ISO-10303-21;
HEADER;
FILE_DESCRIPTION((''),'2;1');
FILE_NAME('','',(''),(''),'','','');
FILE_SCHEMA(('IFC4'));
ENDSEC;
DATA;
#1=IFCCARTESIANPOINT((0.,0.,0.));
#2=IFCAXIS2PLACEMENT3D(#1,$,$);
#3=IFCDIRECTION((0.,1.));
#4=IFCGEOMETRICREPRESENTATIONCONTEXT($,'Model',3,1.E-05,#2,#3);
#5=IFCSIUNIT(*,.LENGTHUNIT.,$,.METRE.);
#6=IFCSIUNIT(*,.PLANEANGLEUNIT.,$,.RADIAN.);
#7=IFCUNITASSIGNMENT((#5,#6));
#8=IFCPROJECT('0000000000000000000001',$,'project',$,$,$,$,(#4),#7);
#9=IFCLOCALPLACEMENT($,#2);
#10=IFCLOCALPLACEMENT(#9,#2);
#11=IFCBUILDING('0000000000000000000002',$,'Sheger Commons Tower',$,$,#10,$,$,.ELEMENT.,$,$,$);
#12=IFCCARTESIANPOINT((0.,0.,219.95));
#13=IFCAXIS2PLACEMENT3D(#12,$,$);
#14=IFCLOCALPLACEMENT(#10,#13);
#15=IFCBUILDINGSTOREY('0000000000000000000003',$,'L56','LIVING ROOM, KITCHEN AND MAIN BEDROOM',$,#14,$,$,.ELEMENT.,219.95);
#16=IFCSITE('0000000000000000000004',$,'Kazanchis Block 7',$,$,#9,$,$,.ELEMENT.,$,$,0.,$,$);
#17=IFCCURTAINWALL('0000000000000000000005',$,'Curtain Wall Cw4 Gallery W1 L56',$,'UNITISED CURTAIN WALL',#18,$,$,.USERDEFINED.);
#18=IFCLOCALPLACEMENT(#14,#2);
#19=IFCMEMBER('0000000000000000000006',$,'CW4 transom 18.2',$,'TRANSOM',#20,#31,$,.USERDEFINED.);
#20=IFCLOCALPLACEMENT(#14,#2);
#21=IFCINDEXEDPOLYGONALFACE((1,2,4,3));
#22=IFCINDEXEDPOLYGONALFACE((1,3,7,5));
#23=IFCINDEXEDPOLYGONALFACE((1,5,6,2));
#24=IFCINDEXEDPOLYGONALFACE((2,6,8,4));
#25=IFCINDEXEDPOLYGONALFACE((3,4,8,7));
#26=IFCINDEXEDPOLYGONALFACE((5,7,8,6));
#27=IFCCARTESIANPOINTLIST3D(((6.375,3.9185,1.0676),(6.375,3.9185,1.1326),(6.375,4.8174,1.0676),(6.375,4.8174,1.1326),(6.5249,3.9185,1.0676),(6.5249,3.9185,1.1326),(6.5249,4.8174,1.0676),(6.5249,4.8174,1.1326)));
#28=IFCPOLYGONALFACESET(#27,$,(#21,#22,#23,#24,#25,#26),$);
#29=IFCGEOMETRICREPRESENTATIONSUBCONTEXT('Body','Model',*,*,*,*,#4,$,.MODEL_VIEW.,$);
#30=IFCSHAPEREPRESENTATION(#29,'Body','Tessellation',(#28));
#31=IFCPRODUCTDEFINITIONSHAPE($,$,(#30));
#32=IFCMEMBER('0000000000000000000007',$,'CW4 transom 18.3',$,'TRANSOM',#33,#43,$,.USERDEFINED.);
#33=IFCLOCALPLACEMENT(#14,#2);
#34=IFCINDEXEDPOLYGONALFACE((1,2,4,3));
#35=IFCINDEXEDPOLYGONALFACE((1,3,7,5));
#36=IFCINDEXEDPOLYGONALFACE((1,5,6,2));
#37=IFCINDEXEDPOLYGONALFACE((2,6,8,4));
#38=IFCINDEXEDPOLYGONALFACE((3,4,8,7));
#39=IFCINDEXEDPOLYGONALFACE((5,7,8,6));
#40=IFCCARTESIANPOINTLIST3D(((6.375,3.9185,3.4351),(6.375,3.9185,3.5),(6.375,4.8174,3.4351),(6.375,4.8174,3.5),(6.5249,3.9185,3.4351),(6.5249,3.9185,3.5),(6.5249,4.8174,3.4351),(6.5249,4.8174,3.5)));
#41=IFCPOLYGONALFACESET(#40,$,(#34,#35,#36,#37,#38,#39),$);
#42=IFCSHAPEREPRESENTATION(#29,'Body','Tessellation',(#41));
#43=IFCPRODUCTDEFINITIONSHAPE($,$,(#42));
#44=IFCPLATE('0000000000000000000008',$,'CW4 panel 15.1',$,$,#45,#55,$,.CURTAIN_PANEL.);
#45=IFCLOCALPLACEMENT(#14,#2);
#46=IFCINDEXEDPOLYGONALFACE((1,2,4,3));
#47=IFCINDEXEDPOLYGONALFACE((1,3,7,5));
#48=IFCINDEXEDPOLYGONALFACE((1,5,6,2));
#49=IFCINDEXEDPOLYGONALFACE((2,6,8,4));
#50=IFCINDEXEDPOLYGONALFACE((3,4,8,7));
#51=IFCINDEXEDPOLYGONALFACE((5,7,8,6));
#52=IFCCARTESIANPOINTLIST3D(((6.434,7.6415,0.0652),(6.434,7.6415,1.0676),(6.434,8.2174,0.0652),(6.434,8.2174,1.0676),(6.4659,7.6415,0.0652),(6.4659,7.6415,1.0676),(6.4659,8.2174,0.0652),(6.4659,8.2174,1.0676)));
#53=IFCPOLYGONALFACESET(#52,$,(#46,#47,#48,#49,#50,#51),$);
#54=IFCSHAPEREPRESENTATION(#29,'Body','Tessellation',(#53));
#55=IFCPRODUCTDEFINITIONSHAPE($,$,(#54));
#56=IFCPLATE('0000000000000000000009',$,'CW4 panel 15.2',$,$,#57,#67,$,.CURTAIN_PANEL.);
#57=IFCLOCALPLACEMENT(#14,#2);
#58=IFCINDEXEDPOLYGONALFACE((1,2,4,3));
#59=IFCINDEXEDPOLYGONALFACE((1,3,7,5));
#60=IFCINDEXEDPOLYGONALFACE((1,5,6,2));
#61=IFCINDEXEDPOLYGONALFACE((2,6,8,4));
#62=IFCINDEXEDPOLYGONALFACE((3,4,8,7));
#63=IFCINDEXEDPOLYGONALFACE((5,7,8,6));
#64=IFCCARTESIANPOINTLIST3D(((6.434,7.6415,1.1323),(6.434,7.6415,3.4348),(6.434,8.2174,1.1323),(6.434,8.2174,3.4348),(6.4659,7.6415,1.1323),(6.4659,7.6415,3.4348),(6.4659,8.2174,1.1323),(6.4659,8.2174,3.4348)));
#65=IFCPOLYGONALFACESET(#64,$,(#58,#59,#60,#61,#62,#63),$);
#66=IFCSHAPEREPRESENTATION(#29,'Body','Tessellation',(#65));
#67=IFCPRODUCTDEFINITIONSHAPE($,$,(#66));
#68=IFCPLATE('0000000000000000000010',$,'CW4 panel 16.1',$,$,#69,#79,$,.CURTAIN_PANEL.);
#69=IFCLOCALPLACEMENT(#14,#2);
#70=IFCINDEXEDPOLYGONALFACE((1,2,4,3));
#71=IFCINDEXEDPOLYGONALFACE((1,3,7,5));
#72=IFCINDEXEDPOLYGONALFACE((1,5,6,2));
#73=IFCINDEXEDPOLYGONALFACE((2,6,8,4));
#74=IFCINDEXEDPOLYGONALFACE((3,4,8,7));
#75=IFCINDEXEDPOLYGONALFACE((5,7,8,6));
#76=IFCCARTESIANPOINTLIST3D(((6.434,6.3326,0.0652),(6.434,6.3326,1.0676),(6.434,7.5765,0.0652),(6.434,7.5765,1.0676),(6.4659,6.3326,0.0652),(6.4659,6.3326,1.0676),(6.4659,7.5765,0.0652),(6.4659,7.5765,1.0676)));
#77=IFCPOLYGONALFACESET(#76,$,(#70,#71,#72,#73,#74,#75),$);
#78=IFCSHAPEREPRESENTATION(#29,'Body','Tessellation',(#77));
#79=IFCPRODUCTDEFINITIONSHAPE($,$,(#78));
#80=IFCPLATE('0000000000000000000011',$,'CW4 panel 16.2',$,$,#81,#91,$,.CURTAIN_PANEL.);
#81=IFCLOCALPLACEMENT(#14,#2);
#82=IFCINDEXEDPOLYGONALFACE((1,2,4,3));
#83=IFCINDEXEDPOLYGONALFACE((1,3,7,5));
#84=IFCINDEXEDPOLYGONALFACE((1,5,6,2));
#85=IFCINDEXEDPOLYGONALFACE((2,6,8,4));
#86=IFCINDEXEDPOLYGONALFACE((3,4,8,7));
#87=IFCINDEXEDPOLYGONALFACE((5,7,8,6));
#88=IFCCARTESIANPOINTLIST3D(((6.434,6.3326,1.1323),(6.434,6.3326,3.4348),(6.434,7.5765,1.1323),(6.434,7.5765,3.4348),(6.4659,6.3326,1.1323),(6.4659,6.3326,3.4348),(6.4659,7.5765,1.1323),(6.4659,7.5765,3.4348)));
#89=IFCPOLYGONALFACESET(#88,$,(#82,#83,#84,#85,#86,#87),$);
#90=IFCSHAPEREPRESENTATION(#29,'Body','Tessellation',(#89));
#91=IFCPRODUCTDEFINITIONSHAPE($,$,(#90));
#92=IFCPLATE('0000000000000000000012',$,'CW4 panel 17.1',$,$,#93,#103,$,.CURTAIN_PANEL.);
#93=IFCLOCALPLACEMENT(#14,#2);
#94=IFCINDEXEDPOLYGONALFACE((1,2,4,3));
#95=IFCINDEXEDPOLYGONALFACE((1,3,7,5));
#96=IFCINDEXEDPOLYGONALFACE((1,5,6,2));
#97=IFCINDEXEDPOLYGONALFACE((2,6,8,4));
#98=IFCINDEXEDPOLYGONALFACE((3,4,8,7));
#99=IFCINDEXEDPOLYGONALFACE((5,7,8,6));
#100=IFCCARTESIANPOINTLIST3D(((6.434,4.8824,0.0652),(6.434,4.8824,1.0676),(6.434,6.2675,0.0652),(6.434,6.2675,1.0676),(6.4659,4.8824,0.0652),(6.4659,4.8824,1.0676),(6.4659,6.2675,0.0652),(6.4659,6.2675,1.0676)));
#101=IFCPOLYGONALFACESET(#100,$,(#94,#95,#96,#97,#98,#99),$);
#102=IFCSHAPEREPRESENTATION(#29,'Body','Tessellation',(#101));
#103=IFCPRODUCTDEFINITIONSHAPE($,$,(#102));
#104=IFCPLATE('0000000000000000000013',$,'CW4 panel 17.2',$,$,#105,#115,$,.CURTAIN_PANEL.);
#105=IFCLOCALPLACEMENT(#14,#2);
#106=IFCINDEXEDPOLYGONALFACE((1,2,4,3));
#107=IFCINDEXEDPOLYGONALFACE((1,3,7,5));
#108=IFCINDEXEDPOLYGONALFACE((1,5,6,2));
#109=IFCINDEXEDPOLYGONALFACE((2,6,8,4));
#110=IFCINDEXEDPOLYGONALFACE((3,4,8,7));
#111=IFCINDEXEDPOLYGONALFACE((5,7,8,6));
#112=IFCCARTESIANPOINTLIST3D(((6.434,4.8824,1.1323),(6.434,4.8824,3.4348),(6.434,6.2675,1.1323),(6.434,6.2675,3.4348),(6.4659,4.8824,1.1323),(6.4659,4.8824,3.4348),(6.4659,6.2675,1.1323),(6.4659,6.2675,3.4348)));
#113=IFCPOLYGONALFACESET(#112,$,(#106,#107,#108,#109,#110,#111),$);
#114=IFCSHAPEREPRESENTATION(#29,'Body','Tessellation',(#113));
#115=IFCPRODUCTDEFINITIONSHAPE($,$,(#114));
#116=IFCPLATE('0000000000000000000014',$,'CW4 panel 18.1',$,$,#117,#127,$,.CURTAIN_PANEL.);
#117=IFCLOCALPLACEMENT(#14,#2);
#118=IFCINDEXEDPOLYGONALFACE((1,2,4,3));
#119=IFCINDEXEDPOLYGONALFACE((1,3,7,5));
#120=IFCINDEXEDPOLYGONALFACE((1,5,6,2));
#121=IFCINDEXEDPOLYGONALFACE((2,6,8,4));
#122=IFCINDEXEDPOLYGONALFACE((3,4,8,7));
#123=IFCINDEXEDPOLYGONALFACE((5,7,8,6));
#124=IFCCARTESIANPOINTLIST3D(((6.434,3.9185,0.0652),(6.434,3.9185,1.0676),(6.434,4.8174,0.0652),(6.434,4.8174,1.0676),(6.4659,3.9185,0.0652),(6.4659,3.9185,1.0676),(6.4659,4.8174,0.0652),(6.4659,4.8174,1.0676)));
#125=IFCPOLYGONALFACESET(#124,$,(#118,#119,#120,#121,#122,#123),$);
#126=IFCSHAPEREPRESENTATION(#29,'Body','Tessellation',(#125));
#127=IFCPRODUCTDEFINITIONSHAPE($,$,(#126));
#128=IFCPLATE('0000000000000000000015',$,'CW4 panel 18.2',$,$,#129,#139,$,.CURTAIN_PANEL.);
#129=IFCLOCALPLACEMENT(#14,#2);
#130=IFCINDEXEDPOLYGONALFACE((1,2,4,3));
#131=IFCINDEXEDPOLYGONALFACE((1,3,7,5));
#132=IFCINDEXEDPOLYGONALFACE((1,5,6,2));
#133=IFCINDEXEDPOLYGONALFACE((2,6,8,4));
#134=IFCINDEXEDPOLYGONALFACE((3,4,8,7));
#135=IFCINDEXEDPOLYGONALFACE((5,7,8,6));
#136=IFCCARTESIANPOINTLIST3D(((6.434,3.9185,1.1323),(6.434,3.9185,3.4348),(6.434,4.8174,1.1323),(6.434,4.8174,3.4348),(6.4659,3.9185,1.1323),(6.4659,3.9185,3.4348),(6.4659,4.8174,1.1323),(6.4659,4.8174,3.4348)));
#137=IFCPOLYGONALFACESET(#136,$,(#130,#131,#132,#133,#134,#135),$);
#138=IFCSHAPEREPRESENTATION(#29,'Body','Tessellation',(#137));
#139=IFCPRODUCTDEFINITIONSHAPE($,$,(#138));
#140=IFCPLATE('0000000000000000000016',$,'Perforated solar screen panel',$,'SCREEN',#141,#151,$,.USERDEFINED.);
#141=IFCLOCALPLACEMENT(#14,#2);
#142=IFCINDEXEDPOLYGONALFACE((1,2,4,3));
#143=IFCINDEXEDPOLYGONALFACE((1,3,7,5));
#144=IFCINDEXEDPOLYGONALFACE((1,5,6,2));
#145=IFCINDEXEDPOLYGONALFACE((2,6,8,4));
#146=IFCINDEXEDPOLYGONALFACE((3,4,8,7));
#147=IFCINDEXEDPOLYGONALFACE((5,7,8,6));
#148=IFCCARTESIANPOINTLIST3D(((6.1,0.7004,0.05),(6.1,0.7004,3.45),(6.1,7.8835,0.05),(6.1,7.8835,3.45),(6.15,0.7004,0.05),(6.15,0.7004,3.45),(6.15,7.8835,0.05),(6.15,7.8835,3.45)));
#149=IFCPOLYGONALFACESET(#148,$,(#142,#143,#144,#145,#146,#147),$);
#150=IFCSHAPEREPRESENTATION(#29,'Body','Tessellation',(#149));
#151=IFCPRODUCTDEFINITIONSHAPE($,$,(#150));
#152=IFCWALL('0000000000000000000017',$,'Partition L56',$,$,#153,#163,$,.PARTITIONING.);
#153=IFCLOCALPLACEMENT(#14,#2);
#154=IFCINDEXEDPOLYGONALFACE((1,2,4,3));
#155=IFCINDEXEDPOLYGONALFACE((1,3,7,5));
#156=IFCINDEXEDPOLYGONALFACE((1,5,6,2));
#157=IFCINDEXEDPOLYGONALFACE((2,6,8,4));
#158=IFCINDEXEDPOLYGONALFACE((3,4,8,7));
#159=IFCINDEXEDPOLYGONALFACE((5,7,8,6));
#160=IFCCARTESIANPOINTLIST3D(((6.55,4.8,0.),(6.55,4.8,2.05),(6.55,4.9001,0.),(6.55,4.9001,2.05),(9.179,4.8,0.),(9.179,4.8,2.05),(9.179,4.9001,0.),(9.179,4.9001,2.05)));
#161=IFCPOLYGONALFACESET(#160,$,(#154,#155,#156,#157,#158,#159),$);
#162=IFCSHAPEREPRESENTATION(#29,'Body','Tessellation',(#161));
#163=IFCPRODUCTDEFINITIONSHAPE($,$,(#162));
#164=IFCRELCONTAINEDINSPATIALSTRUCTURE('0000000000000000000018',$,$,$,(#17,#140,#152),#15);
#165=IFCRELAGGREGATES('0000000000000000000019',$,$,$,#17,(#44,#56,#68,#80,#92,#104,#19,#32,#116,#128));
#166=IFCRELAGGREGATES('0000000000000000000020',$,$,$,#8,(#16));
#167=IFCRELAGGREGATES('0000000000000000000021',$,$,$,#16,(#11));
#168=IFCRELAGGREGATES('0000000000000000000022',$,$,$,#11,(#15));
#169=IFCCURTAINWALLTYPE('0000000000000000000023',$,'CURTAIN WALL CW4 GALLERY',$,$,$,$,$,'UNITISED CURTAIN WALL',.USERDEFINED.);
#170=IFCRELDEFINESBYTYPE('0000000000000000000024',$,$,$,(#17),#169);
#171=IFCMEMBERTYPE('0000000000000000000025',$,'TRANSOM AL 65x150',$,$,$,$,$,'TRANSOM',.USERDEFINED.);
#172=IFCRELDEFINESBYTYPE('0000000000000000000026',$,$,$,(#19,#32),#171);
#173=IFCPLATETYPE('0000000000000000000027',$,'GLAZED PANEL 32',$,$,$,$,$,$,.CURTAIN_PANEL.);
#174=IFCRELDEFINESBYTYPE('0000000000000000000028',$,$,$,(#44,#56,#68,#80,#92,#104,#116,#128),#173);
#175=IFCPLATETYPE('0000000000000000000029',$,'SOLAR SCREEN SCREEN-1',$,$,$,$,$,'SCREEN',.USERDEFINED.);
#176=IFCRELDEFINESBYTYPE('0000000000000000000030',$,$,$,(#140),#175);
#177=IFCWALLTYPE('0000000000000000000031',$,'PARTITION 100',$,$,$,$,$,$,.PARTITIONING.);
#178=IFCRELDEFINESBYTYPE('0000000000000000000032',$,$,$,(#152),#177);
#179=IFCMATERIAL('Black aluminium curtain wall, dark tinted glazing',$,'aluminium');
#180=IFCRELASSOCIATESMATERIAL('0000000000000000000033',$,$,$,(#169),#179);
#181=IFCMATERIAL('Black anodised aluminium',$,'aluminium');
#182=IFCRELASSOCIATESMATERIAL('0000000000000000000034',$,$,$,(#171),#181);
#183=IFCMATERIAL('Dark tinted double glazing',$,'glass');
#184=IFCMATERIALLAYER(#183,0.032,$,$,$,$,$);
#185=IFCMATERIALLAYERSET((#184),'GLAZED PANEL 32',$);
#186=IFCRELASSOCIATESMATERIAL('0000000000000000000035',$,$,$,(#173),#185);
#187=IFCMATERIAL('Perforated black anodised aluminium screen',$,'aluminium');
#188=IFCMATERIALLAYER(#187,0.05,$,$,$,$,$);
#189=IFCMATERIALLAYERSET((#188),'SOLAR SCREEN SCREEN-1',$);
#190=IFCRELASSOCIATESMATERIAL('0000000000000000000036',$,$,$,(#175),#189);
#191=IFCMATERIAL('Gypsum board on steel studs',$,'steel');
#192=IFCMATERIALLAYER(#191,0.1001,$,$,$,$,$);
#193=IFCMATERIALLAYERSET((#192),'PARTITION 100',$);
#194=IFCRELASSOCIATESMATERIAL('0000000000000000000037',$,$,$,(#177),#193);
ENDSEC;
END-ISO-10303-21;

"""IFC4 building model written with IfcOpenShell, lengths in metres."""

from ifc_helpers import new_model, si_unit, direction, frame, frame_2d, origin, origin_2d, place, context, subcontext, project, spatial, rectangle, extrude, material, layer, layer_set, material_profile, profile_set, type_object, element, aggregate, save


model = new_model("IFC4")

# Units and contexts
model_context = context("Model", 3, precision=1e-05, world=origin(), true_north=direction((0.0, 1.0)))
body_context = subcontext(model_context, "Body", "Model", "MODEL_VIEW")
ifc_project = project(units=[si_unit("LENGTHUNIT", "METRE"), si_unit("PLANEANGLEUNIT", "RADIAN")], contexts=[model_context])

# Site, building, storey
site_placement = place(None, origin())
site = spatial("IfcSite", under=ifc_project, at=site_placement, Name="Kazanchis Block 7", CompositionType="ELEMENT", RefElevation=0.0)
building_placement = place(site_placement, origin())
building = spatial("IfcBuilding", under=site, at=building_placement, Name="Sheger Commons Tower", CompositionType="ELEMENT")
storey_placement = place(building_placement, frame((0.0, 0.0, 219.95)))
storey = spatial("IfcBuildingStorey", under=building, at=storey_placement, Name="L56", Description="LIVING ROOM, KITCHEN AND MAIN BEDROOM", CompositionType="ELEMENT", Elevation=219.95)

# Curtain wall
ifc_material_1 = material(Name="Black aluminium curtain wall, dark tinted glazing", Category="aluminium")
curtain_wall_type = type_object("IfcCurtainWallType", Name="CURTAIN WALL CW4 GALLERY", ElementType="UNITISED CURTAIN WALL", PredefinedType="USERDEFINED", material=ifc_material_1)
curtain_wall_placement = place(storey_placement, origin())
curtain_wall = element("IfcCurtainWall", 1, at=curtain_wall_placement, inside=storey, type_object=curtain_wall_type, Name="Curtain Wall Cw4 Gallery W1 L56", ObjectType="UNITISED CURTAIN WALL", PredefinedType="USERDEFINED")

# Members
ifc_material_2 = material(Name="Black anodised aluminium", Category="aluminium")
ifc_material_profile_1 = material_profile(ifc_material_2, rectangle(XDim=0.1499, YDim=0.0649, at=origin_2d()), Name="AL 65x150")
ifc_profile_set_1 = profile_set([ifc_material_profile_1], Name="Black anodised aluminium")
member_type_1 = type_object("IfcMemberType", Name="TRANSOM AL 65x150", ElementType="TRANSOM", PredefinedType="USERDEFINED", material=ifc_profile_set_1)
member_1_placement = place(storey_placement, frame((6.45, 4.8174, 1.1001), z_axis=(0.0, -1.0, 0.0), x_axis=(1.0, 0.0, 0.0)))
member_1 = element("IfcMember", 2, at=member_1_placement, type_object=member_type_1, Name="CW4 transom 18.2", ObjectType="TRANSOM", PredefinedType="USERDEFINED", context=body_context, shape_type="SweptSolid", body=[
    extrude(rectangle(XDim=0.1499, YDim=0.0649, at=origin_2d()), origin(), (0.0, 0.0, 1.0), 0.8989),
])
member_2_placement = place(storey_placement, frame((6.45, 4.8174, 3.4675), z_axis=(0.0, -1.0, 0.0), x_axis=(1.0, 0.0, 0.0)))
member_2 = element("IfcMember", 3, at=member_2_placement, type_object=member_type_1, Name="CW4 transom 18.3", ObjectType="TRANSOM", PredefinedType="USERDEFINED", context=body_context, shape_type="SweptSolid", body=[
    extrude(rectangle(XDim=0.1499, YDim=0.0649, at=origin_2d()), origin(), (0.0, 0.0, 1.0), 0.8989),
])

# Plates
ifc_material_3 = material(Name="Dark tinted double glazing", Category="glass")
ifc_layer_1 = layer(ifc_material_3, 0.032)
ifc_layer_set_1 = layer_set([ifc_layer_1], Name="GLAZED PANEL 32")
plate_type_1 = type_object("IfcPlateType", Name="GLAZED PANEL 32", PredefinedType="CURTAIN_PANEL", material=ifc_layer_set_1)
plate_1_placement = place(storey_placement, frame((6.45, 7.9294, 0.0652), z_axis=(0.0, 0.0, 1.0), x_axis=(0.0, -1.0, 0.0)))
plate_1 = element("IfcPlate", 4, at=plate_1_placement, type_object=plate_type_1, Name="CW4 panel 15.1", PredefinedType="CURTAIN_PANEL", context=body_context, shape_type="SweptSolid", body=[
    extrude(rectangle(XDim=0.5759, YDim=0.032, at=origin_2d()), origin(), (0.0, 0.0, 1.0), 1.0024),
])
plate_2_placement = place(storey_placement, frame((6.45, 7.9294, 1.1323), z_axis=(0.0, 0.0, 1.0), x_axis=(0.0, -1.0, 0.0)))
plate_2 = element("IfcPlate", 5, at=plate_2_placement, type_object=plate_type_1, Name="CW4 panel 15.2", PredefinedType="CURTAIN_PANEL", context=body_context, shape_type="SweptSolid", body=[
    extrude(rectangle(XDim=0.5759, YDim=0.032, at=origin_2d()), origin(), (0.0, 0.0, 1.0), 2.3025),
])
plate_3_placement = place(storey_placement, frame((6.45, 6.9546, 0.0652), z_axis=(0.0, 0.0, 1.0), x_axis=(0.0, -1.0, 0.0)))
plate_3 = element("IfcPlate", 6, at=plate_3_placement, type_object=plate_type_1, Name="CW4 panel 16.1", PredefinedType="CURTAIN_PANEL", context=body_context, shape_type="SweptSolid", body=[
    extrude(rectangle(XDim=1.2439, YDim=0.032, at=origin_2d()), origin(), (0.0, 0.0, 1.0), 1.0024),
])
plate_4_placement = place(storey_placement, frame((6.45, 6.9546, 1.1323), z_axis=(0.0, 0.0, 1.0), x_axis=(0.0, -1.0, 0.0)))
plate_4 = element("IfcPlate", 7, at=plate_4_placement, type_object=plate_type_1, Name="CW4 panel 16.2", PredefinedType="CURTAIN_PANEL", context=body_context, shape_type="SweptSolid", body=[
    extrude(rectangle(XDim=1.2439, YDim=0.032, at=origin_2d()), origin(), (0.0, 0.0, 1.0), 2.3025),
])
plate_5_placement = place(storey_placement, frame((6.45, 5.575, 0.0652), z_axis=(0.0, 0.0, 1.0), x_axis=(0.0, -1.0, 0.0)))
plate_5 = element("IfcPlate", 8, at=plate_5_placement, type_object=plate_type_1, Name="CW4 panel 17.1", PredefinedType="CURTAIN_PANEL", context=body_context, shape_type="SweptSolid", body=[
    extrude(rectangle(XDim=1.385, YDim=0.032, at=origin_2d()), origin(), (0.0, 0.0, 1.0), 1.0024),
])
plate_6_placement = place(storey_placement, frame((6.45, 5.575, 1.1323), z_axis=(0.0, 0.0, 1.0), x_axis=(0.0, -1.0, 0.0)))
plate_6 = element("IfcPlate", 9, at=plate_6_placement, type_object=plate_type_1, Name="CW4 panel 17.2", PredefinedType="CURTAIN_PANEL", context=body_context, shape_type="SweptSolid", body=[
    extrude(rectangle(XDim=1.385, YDim=0.032, at=origin_2d()), origin(), (0.0, 0.0, 1.0), 2.3025),
])
plate_7_placement = place(storey_placement, frame((6.45, 4.3679, 0.0652), z_axis=(0.0, 0.0, 1.0), x_axis=(0.0, -1.0, 0.0)))
plate_7 = element("IfcPlate", 10, at=plate_7_placement, type_object=plate_type_1, Name="CW4 panel 18.1", PredefinedType="CURTAIN_PANEL", context=body_context, shape_type="SweptSolid", body=[
    extrude(rectangle(XDim=0.8989, YDim=0.032, at=origin_2d()), origin(), (0.0, 0.0, 1.0), 1.0024),
])
plate_8_placement = place(storey_placement, frame((6.45, 4.3679, 1.1323), z_axis=(0.0, 0.0, 1.0), x_axis=(0.0, -1.0, 0.0)))
plate_8 = element("IfcPlate", 11, at=plate_8_placement, type_object=plate_type_1, Name="CW4 panel 18.2", PredefinedType="CURTAIN_PANEL", context=body_context, shape_type="SweptSolid", body=[
    extrude(rectangle(XDim=0.8989, YDim=0.032, at=origin_2d()), origin(), (0.0, 0.0, 1.0), 2.3025),
])
aggregate(curtain_wall, [plate_1, plate_2, plate_3, plate_4, plate_5, plate_6, member_1, member_2, plate_7, plate_8])
ifc_material_4 = material(Name="Perforated black anodised aluminium screen", Category="aluminium")
ifc_layer_2 = layer(ifc_material_4, 0.05)
ifc_layer_set_2 = layer_set([ifc_layer_2], Name="SOLAR SCREEN SCREEN-1")
plate_type_2 = type_object("IfcPlateType", Name="SOLAR SCREEN SCREEN-1", ElementType="SCREEN", PredefinedType="USERDEFINED", material=ifc_layer_set_2)
plate_9_placement = place(storey_placement, frame((6.125, 4.292, 0.05), z_axis=(0.0, 0.0, 1.0), x_axis=(0.0, -1.0, 0.0)))
element("IfcPlate", 12, at=plate_9_placement, inside=storey, type_object=plate_type_2, Name="Perforated solar screen panel", ObjectType="SCREEN", PredefinedType="USERDEFINED", context=body_context, shape_type="SweptSolid", body=[
    extrude(rectangle(XDim=7.1831, YDim=0.05, at=origin_2d()), origin(), (0.0, 0.0, 1.0), 3.3999),
])

# Wall
ifc_material_5 = material(Name="Gypsum board on steel studs", Category="steel")
ifc_layer_3 = layer(ifc_material_5, 0.1001)
ifc_layer_set_3 = layer_set([ifc_layer_3], Name="PARTITION 100")
wall_type = type_object("IfcWallType", Name="PARTITION 100", PredefinedType="PARTITIONING", material=ifc_layer_set_3)
wall_1_placement = place(storey_placement, frame((9.179, 4.8501, 0.0), z_axis=(0.0, 0.0, 1.0), x_axis=(-1.0, 0.0, 0.0)))
element("IfcWall", 13, at=wall_1_placement, inside=storey, type_object=wall_type, Name="Partition L56", PredefinedType="PARTITIONING", context=body_context, shape_type="SweptSolid", body=[
    extrude(rectangle(XDim=2.6289, YDim=0.1001, at=frame_2d((1.3145, 0.0))), origin(), (0.0, 0.0, 1.0), 2.05),
])

save(model, "model.ifc")
